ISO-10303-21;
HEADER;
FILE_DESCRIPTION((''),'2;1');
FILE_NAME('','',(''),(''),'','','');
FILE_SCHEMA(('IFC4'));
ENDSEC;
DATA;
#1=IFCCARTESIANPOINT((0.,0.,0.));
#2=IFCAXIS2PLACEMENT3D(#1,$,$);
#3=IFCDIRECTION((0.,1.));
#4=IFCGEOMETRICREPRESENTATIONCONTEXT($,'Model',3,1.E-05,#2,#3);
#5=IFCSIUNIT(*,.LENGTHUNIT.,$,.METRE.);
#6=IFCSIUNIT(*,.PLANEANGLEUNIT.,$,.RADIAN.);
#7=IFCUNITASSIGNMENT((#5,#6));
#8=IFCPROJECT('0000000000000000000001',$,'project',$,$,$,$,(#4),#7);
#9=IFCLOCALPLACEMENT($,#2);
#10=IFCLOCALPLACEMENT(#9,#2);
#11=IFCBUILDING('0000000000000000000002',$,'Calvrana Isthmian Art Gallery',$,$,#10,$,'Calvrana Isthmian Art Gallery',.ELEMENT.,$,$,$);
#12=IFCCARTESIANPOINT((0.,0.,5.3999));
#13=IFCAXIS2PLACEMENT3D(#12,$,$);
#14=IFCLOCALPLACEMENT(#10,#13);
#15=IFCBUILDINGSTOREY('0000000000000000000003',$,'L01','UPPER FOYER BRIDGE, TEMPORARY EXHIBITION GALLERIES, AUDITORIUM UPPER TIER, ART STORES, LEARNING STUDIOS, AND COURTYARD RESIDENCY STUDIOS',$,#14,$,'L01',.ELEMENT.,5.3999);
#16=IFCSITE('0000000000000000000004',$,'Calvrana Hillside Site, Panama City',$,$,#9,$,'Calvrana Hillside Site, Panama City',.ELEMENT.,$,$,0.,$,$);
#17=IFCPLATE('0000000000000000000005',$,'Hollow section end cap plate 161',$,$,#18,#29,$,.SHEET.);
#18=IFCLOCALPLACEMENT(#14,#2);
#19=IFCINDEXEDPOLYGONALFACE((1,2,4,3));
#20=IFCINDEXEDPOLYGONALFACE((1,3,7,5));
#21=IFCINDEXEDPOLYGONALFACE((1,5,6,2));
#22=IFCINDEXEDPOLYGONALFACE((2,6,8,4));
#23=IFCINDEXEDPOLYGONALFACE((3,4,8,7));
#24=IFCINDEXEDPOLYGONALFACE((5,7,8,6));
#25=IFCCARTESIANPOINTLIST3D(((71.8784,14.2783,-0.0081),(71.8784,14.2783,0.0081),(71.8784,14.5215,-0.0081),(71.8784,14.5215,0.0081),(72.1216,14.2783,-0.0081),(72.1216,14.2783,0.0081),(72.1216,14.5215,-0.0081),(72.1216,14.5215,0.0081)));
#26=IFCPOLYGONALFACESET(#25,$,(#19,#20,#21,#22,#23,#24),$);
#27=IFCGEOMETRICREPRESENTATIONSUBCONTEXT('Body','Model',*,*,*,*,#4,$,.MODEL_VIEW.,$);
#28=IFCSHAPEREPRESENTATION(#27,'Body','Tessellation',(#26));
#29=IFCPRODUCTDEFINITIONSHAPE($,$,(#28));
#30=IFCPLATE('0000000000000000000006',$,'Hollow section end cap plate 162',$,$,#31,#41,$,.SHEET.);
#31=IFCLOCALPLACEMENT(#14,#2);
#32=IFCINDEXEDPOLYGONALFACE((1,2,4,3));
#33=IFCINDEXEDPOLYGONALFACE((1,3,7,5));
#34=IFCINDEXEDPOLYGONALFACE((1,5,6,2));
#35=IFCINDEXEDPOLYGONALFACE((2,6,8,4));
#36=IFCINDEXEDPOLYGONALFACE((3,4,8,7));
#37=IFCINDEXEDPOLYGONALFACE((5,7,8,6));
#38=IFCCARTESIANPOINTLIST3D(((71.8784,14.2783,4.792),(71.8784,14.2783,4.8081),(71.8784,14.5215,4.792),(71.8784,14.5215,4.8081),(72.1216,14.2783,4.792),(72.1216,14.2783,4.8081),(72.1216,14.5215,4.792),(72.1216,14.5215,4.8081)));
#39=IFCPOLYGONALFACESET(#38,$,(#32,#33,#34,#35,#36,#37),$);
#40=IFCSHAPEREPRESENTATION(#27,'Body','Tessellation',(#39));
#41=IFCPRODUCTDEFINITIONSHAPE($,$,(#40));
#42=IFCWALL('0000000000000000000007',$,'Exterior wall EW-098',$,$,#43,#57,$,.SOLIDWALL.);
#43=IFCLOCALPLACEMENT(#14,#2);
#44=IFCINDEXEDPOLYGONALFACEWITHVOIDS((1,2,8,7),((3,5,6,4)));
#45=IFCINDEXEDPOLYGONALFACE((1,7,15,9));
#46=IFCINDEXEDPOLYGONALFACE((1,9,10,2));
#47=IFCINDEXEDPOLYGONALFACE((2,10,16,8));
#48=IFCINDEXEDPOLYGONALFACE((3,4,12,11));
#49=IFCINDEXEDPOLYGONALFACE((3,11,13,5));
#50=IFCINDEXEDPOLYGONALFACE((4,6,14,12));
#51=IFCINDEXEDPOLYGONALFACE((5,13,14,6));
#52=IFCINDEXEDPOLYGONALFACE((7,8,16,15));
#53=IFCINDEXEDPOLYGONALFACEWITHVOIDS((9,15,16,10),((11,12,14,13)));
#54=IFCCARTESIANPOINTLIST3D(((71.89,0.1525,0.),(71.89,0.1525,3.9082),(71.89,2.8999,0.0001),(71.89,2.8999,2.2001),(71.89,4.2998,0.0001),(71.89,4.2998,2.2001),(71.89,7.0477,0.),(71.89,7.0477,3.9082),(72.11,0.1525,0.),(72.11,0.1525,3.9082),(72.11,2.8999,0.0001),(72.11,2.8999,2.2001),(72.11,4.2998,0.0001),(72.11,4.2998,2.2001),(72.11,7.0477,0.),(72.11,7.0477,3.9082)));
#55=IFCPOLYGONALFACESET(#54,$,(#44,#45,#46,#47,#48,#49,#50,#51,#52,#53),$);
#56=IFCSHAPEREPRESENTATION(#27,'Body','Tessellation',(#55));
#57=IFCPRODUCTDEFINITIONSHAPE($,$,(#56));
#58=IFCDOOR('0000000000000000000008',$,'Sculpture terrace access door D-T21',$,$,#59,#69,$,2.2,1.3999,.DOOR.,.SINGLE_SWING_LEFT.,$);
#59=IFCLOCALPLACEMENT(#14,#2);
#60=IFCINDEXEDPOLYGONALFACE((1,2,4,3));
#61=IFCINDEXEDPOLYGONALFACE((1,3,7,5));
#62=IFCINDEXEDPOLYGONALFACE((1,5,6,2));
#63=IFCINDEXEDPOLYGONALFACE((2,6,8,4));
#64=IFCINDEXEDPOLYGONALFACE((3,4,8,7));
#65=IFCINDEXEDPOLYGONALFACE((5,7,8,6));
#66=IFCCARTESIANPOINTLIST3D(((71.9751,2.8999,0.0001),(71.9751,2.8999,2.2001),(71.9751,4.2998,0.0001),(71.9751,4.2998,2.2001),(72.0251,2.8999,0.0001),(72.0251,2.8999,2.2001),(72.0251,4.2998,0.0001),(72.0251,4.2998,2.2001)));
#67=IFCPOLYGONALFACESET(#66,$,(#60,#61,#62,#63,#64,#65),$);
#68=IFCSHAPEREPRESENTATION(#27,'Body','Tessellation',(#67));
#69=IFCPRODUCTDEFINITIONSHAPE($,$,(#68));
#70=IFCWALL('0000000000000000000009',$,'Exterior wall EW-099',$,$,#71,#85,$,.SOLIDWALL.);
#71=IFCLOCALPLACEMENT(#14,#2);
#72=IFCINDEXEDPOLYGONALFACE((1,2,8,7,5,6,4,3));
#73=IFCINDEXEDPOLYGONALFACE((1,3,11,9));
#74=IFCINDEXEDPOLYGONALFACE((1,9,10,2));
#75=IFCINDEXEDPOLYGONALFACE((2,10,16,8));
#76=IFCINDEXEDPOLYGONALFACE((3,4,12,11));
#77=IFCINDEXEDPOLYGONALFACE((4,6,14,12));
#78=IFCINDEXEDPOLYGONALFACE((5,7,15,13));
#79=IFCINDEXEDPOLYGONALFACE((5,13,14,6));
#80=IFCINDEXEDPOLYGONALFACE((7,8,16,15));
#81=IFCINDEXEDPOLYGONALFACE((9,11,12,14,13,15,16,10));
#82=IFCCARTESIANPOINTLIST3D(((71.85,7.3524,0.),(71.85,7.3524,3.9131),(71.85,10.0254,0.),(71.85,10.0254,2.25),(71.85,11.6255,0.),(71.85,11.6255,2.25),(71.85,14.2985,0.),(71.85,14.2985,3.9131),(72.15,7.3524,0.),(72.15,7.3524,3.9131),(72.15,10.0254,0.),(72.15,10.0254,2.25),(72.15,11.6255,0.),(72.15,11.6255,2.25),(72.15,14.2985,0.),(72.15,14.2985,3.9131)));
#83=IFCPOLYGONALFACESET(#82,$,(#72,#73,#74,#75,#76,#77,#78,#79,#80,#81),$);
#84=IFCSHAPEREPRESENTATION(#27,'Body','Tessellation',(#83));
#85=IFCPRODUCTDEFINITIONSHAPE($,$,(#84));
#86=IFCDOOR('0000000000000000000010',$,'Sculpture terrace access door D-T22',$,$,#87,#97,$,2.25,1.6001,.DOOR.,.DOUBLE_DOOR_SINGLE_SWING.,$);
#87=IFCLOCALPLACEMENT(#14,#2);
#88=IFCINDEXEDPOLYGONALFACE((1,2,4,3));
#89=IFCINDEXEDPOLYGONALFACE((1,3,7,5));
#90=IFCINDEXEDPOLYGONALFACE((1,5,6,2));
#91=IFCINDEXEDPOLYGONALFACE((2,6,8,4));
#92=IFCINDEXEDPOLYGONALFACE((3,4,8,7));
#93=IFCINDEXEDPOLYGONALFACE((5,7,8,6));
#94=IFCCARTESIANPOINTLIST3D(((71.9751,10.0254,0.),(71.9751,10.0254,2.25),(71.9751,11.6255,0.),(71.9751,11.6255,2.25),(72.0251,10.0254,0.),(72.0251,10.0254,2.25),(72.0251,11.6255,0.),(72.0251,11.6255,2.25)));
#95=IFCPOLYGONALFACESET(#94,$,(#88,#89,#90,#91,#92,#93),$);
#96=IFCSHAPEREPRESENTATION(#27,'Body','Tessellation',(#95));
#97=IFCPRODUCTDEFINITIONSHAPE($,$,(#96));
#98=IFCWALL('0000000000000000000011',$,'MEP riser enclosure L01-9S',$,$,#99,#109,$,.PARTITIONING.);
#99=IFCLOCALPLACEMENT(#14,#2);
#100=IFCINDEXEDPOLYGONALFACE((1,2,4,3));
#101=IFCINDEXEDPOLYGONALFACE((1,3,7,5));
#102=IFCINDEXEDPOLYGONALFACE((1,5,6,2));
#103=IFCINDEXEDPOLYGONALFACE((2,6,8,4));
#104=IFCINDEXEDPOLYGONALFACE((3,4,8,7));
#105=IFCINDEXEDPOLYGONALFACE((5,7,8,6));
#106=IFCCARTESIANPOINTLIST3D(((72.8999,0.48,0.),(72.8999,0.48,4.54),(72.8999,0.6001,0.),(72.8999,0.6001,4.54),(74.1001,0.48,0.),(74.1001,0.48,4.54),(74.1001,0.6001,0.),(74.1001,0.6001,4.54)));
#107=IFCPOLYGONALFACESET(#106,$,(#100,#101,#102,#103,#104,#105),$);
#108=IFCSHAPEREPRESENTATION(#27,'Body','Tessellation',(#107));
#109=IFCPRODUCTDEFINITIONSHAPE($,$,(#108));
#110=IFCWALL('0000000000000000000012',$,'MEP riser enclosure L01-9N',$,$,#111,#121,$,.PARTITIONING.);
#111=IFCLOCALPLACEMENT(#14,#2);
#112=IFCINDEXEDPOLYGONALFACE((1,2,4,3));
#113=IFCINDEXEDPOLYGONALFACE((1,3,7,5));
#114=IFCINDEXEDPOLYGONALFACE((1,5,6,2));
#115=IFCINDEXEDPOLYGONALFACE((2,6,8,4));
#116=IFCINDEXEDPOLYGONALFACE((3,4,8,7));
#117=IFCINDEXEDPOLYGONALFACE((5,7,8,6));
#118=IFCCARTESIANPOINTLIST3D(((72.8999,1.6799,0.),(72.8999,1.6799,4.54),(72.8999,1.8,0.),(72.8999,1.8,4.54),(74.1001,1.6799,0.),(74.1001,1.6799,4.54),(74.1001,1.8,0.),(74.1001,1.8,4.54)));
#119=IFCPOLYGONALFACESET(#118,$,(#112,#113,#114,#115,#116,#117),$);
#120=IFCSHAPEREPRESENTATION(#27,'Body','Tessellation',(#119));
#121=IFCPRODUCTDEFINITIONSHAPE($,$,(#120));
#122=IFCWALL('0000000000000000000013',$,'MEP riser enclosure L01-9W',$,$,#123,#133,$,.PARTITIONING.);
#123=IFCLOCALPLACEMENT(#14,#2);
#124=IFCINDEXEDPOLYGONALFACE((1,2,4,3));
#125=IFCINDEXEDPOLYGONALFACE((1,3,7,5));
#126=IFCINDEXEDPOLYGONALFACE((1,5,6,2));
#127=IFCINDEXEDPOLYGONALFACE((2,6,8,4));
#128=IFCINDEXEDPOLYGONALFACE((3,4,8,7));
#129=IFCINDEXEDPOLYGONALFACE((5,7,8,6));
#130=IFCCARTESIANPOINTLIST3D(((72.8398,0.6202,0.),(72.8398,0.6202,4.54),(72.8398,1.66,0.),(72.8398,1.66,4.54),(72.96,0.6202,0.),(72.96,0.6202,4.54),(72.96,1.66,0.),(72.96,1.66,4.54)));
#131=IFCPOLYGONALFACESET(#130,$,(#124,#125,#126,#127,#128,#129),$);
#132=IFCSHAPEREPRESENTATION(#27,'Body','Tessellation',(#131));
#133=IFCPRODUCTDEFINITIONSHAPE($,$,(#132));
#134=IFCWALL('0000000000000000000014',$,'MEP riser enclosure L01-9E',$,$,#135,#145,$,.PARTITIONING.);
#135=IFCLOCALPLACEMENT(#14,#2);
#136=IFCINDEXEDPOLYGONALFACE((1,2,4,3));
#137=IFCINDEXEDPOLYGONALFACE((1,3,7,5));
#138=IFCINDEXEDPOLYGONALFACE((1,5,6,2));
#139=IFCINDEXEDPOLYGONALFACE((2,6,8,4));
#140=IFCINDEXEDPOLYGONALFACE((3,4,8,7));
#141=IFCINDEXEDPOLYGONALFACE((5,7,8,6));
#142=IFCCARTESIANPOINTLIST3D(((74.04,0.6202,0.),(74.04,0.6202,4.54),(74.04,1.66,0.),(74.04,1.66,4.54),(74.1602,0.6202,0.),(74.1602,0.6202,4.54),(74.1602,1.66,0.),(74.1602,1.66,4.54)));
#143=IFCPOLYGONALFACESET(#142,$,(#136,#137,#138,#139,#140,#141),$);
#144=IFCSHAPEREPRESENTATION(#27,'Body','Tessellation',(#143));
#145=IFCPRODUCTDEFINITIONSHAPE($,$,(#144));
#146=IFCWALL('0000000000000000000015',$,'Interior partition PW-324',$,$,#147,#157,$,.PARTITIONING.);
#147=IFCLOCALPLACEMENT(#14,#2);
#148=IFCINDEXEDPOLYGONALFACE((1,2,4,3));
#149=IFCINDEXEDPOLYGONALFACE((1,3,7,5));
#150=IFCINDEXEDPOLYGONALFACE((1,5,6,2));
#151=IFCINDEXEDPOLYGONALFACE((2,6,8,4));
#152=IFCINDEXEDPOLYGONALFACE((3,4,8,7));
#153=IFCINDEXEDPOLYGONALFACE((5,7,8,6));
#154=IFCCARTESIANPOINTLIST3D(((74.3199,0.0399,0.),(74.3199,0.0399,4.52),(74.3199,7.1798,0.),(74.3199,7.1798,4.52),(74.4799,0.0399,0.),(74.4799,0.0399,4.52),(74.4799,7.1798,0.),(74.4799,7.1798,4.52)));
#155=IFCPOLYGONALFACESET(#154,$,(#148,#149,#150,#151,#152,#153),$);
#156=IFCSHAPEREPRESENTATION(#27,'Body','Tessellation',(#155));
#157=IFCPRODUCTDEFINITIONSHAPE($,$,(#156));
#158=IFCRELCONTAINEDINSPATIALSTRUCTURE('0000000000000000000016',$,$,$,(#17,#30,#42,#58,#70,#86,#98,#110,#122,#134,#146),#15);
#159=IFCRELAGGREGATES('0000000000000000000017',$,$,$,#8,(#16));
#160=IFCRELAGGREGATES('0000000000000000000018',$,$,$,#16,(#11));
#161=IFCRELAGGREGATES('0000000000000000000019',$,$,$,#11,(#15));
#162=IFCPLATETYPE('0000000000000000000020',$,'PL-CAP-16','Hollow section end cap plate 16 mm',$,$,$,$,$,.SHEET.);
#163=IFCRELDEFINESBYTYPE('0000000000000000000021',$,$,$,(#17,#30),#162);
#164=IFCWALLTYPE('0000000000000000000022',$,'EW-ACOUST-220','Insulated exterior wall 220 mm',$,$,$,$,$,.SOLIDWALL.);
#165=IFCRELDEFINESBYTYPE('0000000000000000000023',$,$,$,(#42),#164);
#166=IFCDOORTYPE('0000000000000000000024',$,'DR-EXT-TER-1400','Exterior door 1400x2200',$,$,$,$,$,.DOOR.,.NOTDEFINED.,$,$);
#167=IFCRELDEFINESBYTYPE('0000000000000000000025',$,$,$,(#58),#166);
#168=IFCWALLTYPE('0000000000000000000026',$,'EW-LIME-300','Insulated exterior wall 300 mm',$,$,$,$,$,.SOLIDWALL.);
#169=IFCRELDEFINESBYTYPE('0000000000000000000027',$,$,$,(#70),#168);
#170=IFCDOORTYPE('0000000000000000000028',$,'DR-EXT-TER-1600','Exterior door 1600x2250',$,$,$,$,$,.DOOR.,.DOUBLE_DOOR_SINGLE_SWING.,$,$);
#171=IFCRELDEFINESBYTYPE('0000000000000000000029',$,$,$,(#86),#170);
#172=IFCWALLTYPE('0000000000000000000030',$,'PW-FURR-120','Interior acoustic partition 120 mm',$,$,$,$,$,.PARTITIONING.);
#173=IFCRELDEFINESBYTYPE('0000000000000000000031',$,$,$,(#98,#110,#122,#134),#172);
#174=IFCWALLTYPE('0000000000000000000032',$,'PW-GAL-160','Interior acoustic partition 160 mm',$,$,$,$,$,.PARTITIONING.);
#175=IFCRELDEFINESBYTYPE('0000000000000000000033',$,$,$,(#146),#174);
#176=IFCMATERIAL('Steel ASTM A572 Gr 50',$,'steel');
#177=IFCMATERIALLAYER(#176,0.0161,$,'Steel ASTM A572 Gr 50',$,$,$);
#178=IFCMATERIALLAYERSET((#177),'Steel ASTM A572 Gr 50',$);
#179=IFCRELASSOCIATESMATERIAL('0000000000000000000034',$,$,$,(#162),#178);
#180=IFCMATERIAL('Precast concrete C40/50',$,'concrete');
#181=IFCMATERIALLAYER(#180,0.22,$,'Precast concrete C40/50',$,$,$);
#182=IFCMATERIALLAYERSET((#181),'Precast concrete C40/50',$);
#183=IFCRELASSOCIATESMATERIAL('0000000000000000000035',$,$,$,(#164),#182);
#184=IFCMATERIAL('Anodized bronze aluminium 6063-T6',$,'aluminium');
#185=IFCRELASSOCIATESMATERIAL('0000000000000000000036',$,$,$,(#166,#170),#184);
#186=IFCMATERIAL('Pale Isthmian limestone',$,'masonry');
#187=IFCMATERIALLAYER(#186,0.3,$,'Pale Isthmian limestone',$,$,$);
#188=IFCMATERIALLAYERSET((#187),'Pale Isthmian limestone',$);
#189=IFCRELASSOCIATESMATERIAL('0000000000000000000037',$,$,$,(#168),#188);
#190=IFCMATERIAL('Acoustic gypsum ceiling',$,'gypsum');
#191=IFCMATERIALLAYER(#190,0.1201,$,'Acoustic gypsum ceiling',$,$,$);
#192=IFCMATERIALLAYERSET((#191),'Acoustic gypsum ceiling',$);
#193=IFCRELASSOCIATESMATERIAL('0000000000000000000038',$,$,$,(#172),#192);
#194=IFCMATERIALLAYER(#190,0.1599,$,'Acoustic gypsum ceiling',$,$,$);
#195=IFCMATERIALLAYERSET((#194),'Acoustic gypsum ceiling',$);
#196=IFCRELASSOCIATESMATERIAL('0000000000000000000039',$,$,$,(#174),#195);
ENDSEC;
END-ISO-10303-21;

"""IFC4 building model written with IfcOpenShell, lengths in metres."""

from ifc_helpers import new_model, si_unit, direction, frame, frame_2d, origin, origin_2d, place, context, subcontext, project, spatial, rectangle, extrude, material, layer, layer_set, type_object, element, fill, save


model = new_model("IFC4")

# Units and contexts
model_context = context("Model", 3, precision=1e-05, world=origin(), true_north=direction((0.0, 1.0)))
body_context = subcontext(model_context, "Body", "Model", "MODEL_VIEW")
ifc_project = project(units=[si_unit("LENGTHUNIT", "METRE"), si_unit("PLANEANGLEUNIT", "RADIAN")], contexts=[model_context])

# Site, building, storey
site_placement = place(None, origin())
site = spatial("IfcSite", under=ifc_project, at=site_placement, Name="Calvrana Hillside Site, Panama City", LongName="Calvrana Hillside Site, Panama City", CompositionType="ELEMENT", RefElevation=0.0)
building_placement = place(site_placement, origin())
building = spatial("IfcBuilding", under=site, at=building_placement, Name="Calvrana Isthmian Art Gallery", LongName="Calvrana Isthmian Art Gallery", CompositionType="ELEMENT")
storey_placement = place(building_placement, frame((0.0, 0.0, 5.3999)))
storey = spatial("IfcBuildingStorey", under=building, at=storey_placement, Name="L01", Description="UPPER FOYER BRIDGE, TEMPORARY EXHIBITION GALLERIES, AUDITORIUM UPPER TIER, ART STORES, LEARNING STUDIOS, AND COURTYARD RESIDENCY STUDIOS", LongName="L01", CompositionType="ELEMENT", Elevation=5.3999)

# Plates
ifc_material_1 = material(Name="Steel ASTM A572 Gr 50", Category="steel")
ifc_layer_1 = layer(ifc_material_1, 0.0161, Name="Steel ASTM A572 Gr 50")
ifc_layer_set_1 = layer_set([ifc_layer_1], Name="Steel ASTM A572 Gr 50")
plate_type = type_object("IfcPlateType", Name="PL-CAP-16", Description="Hollow section end cap plate 16 mm", PredefinedType="SHEET", material=ifc_layer_set_1)
for number, where, z_axis, x_axis, name in (
    (1, (72.0, 14.3999, -0.0081), (0.0, 0.0, 1.0), (1.0, 0.0, 0.0), "Hollow section end cap plate 161"),
    (2, (72.0, 14.3999, 4.792), (0.0, 0.0, 1.0), (1.0, 0.0, 0.0), "Hollow section end cap plate 162"),
):
    element("IfcPlate", number, at=place(storey_placement, frame(where, z_axis=z_axis, x_axis=x_axis)), inside=storey, type_object=plate_type, Name=name, PredefinedType="SHEET", context=body_context, shape_type="SweptSolid", body=[
        extrude(rectangle(XDim=0.2432, YDim=0.2432, at=origin_2d()), origin(), (0.0, 0.0, 1.0), 0.0161),
    ])

# Walls, openings, doors
ifc_material_2 = material(Name="Precast concrete C40/50", Category="concrete")
ifc_layer_2 = layer(ifc_material_2, 0.22, Name="Precast concrete C40/50")
ifc_layer_set_2 = layer_set([ifc_layer_2], Name="Precast concrete C40/50")
wall_type_1 = type_object("IfcWallType", Name="EW-ACOUST-220", Description="Insulated exterior wall 220 mm", PredefinedType="SOLIDWALL", material=ifc_layer_set_2)
wall_1_placement = place(storey_placement, frame((72.0, 0.1523, 0.0), z_axis=(0.0, 0.0, 1.0), x_axis=(0.0, 1.0, 0.0)))
wall_1 = element("IfcWall", 3, at=wall_1_placement, inside=storey, type_object=wall_type_1, Name="Exterior wall EW-098", PredefinedType="SOLIDWALL", context=body_context, shape_type="SweptSolid", body=[
    extrude(rectangle(XDim=6.8953, YDim=0.22, at=frame_2d((3.4478, 0.0))), origin(), (0.0, 0.0, 1.0), 3.9082),
])
opening_1_placement = place(wall_1_placement, frame((2.7476, 0.0, 0.0)))
opening_1 = element("IfcOpeningElement", 4, at=opening_1_placement, cuts=wall_1, PredefinedType="OPENING", context=body_context, shape_type="SweptSolid", body=[
    extrude(rectangle(XDim=1.3999, YDim=2.2, at=frame_2d((0.7, 1.1001))), frame((0.0, 0.1201, 0.0), z_axis=(0.0, -1.0, 0.0), x_axis=(1.0, 0.0, 0.0)), (0.0, 0.0, 1.0), 0.2405),
])
ifc_material_3 = material(Name="Anodized bronze aluminium 6063-T6", Category="aluminium")
door_type_1 = type_object("IfcDoorType", Name="DR-EXT-TER-1400", Description="Exterior door 1400x2200", OperationType="NOTDEFINED", PredefinedType="DOOR", material=ifc_material_3)
door_1_placement = place(opening_1_placement, origin())
door_1 = element("IfcDoor", 5, at=door_1_placement, inside=storey, type_object=door_type_1, Name="Sculpture terrace access door D-T21", OperationType="SINGLE_SWING_LEFT", OverallHeight=2.2, OverallWidth=1.3999, PredefinedType="DOOR", context=body_context, shape_type="SweptSolid", body=[
    extrude(rectangle(XDim=1.3999, YDim=2.2, at=frame_2d((0.7, 1.1001))), frame((0.0, 0.0249, 0.0), z_axis=(0.0, -1.0, 0.0), x_axis=(1.0, 0.0, 0.0)), (0.0, 0.0, 1.0), 0.05),
])
fill(opening_1, door_1)
ifc_material_4 = material(Name="Pale Isthmian limestone", Category="masonry")
ifc_layer_3 = layer(ifc_material_4, 0.3, Name="Pale Isthmian limestone")
ifc_layer_set_3 = layer_set([ifc_layer_3], Name="Pale Isthmian limestone")
wall_type_2 = type_object("IfcWallType", Name="EW-LIME-300", Description="Insulated exterior wall 300 mm", PredefinedType="SOLIDWALL", material=ifc_layer_set_3)
wall_2_placement = place(storey_placement, frame((72.0, 7.3523, 0.0), z_axis=(0.0, 0.0, 1.0), x_axis=(0.0, 1.0, 0.0)))
wall_2 = element("IfcWall", 6, at=wall_2_placement, inside=storey, type_object=wall_type_2, Name="Exterior wall EW-099", PredefinedType="SOLIDWALL", context=body_context, shape_type="SweptSolid", body=[
    extrude(rectangle(XDim=6.946, YDim=0.3, at=frame_2d((3.4731, 0.0))), origin(), (0.0, 0.0, 1.0), 3.9131),
])
opening_2_placement = place(wall_2_placement, frame((2.6731, 0.0, 0.0)))
opening_2 = element("IfcOpeningElement", 7, at=opening_2_placement, cuts=wall_2, PredefinedType="OPENING", context=body_context, shape_type="SweptSolid", body=[
    extrude(rectangle(XDim=1.6001, YDim=2.25, at=frame_2d((0.8, 1.125))), frame((0.0, 0.1602, 0.0), z_axis=(0.0, -1.0, 0.0), x_axis=(1.0, 0.0, 0.0)), (0.0, 0.0, 1.0), 0.3206),
])
door_type_2 = type_object("IfcDoorType", Name="DR-EXT-TER-1600", Description="Exterior door 1600x2250", OperationType="DOUBLE_DOOR_SINGLE_SWING", PredefinedType="DOOR", material=ifc_material_3)
door_2_placement = place(opening_2_placement, origin())
door_2 = element("IfcDoor", 8, at=door_2_placement, inside=storey, type_object=door_type_2, Name="Sculpture terrace access door D-T22", OperationType="DOUBLE_DOOR_SINGLE_SWING", OverallHeight=2.25, OverallWidth=1.6001, PredefinedType="DOOR", context=body_context, shape_type="SweptSolid", body=[
    extrude(rectangle(XDim=1.6001, YDim=2.25, at=frame_2d((0.8, 1.125))), frame((0.0, 0.0249, 0.0), z_axis=(0.0, -1.0, 0.0), x_axis=(1.0, 0.0, 0.0)), (0.0, 0.0, 1.0), 0.05),
])
fill(opening_2, door_2)

# Walls
ifc_material_5 = material(Name="Acoustic gypsum ceiling", Category="gypsum")
ifc_layer_4 = layer(ifc_material_5, 0.1201, Name="Acoustic gypsum ceiling")
ifc_layer_set_4 = layer_set([ifc_layer_4], Name="Acoustic gypsum ceiling")
wall_type_3 = type_object("IfcWallType", Name="PW-FURR-120", Description="Interior acoustic partition 120 mm", PredefinedType="PARTITIONING", material=ifc_layer_set_4)
for number, where, z_axis, x_axis, name in (
    (9, (72.8999, 0.54, 0.0), (0.0, 0.0, 1.0), (1.0, 0.0, 0.0), "MEP riser enclosure L01-9S"),
    (10, (72.8999, 1.74, 0.0), (0.0, 0.0, 1.0), (1.0, 0.0, 0.0), "MEP riser enclosure L01-9N"),
):
    element("IfcWall", number, at=place(storey_placement, frame(where, z_axis=z_axis, x_axis=x_axis)), inside=storey, type_object=wall_type_3, Name=name, PredefinedType="PARTITIONING", context=body_context, shape_type="SweptSolid", body=[
        extrude(rectangle(XDim=1.2002, YDim=0.1201, at=frame_2d((0.6001, 0.0))), origin(), (0.0, 0.0, 1.0), 4.54),
    ])
for number, where, z_axis, x_axis, name in (
    (11, (72.8999, 0.6201, 0.0), (0.0, 0.0, 1.0), (0.0, 1.0, 0.0), "MEP riser enclosure L01-9W"),
    (12, (74.1001, 0.6201, 0.0), (0.0, 0.0, 1.0), (0.0, 1.0, 0.0), "MEP riser enclosure L01-9E"),
):
    element("IfcWall", number, at=place(storey_placement, frame(where, z_axis=z_axis, x_axis=x_axis)), inside=storey, type_object=wall_type_3, Name=name, PredefinedType="PARTITIONING", context=body_context, shape_type="SweptSolid", body=[
        extrude(rectangle(XDim=1.0398, YDim=0.1201, at=frame_2d((0.52, 0.0))), origin(), (0.0, 0.0, 1.0), 4.54),
    ])
ifc_layer_5 = layer(ifc_material_5, 0.1599, Name="Acoustic gypsum ceiling")
ifc_layer_set_5 = layer_set([ifc_layer_5], Name="Acoustic gypsum ceiling")
wall_type_4 = type_object("IfcWallType", Name="PW-GAL-160", Description="Interior acoustic partition 160 mm", PredefinedType="PARTITIONING", material=ifc_layer_set_5)
wall_3_placement = place(storey_placement, frame((74.3999, 0.04, 0.0), z_axis=(0.0, 0.0, 1.0), x_axis=(0.0, 1.0, 0.0)))
element("IfcWall", 13, at=wall_3_placement, inside=storey, type_object=wall_type_4, Name="Interior partition PW-324", PredefinedType="PARTITIONING", context=body_context, shape_type="SweptSolid", body=[
    extrude(rectangle(XDim=7.1399, YDim=0.1599, at=frame_2d((3.5698, 0.0))), origin(), (0.0, 0.0, 1.0), 4.52),
])

save(model, "model.ifc")
